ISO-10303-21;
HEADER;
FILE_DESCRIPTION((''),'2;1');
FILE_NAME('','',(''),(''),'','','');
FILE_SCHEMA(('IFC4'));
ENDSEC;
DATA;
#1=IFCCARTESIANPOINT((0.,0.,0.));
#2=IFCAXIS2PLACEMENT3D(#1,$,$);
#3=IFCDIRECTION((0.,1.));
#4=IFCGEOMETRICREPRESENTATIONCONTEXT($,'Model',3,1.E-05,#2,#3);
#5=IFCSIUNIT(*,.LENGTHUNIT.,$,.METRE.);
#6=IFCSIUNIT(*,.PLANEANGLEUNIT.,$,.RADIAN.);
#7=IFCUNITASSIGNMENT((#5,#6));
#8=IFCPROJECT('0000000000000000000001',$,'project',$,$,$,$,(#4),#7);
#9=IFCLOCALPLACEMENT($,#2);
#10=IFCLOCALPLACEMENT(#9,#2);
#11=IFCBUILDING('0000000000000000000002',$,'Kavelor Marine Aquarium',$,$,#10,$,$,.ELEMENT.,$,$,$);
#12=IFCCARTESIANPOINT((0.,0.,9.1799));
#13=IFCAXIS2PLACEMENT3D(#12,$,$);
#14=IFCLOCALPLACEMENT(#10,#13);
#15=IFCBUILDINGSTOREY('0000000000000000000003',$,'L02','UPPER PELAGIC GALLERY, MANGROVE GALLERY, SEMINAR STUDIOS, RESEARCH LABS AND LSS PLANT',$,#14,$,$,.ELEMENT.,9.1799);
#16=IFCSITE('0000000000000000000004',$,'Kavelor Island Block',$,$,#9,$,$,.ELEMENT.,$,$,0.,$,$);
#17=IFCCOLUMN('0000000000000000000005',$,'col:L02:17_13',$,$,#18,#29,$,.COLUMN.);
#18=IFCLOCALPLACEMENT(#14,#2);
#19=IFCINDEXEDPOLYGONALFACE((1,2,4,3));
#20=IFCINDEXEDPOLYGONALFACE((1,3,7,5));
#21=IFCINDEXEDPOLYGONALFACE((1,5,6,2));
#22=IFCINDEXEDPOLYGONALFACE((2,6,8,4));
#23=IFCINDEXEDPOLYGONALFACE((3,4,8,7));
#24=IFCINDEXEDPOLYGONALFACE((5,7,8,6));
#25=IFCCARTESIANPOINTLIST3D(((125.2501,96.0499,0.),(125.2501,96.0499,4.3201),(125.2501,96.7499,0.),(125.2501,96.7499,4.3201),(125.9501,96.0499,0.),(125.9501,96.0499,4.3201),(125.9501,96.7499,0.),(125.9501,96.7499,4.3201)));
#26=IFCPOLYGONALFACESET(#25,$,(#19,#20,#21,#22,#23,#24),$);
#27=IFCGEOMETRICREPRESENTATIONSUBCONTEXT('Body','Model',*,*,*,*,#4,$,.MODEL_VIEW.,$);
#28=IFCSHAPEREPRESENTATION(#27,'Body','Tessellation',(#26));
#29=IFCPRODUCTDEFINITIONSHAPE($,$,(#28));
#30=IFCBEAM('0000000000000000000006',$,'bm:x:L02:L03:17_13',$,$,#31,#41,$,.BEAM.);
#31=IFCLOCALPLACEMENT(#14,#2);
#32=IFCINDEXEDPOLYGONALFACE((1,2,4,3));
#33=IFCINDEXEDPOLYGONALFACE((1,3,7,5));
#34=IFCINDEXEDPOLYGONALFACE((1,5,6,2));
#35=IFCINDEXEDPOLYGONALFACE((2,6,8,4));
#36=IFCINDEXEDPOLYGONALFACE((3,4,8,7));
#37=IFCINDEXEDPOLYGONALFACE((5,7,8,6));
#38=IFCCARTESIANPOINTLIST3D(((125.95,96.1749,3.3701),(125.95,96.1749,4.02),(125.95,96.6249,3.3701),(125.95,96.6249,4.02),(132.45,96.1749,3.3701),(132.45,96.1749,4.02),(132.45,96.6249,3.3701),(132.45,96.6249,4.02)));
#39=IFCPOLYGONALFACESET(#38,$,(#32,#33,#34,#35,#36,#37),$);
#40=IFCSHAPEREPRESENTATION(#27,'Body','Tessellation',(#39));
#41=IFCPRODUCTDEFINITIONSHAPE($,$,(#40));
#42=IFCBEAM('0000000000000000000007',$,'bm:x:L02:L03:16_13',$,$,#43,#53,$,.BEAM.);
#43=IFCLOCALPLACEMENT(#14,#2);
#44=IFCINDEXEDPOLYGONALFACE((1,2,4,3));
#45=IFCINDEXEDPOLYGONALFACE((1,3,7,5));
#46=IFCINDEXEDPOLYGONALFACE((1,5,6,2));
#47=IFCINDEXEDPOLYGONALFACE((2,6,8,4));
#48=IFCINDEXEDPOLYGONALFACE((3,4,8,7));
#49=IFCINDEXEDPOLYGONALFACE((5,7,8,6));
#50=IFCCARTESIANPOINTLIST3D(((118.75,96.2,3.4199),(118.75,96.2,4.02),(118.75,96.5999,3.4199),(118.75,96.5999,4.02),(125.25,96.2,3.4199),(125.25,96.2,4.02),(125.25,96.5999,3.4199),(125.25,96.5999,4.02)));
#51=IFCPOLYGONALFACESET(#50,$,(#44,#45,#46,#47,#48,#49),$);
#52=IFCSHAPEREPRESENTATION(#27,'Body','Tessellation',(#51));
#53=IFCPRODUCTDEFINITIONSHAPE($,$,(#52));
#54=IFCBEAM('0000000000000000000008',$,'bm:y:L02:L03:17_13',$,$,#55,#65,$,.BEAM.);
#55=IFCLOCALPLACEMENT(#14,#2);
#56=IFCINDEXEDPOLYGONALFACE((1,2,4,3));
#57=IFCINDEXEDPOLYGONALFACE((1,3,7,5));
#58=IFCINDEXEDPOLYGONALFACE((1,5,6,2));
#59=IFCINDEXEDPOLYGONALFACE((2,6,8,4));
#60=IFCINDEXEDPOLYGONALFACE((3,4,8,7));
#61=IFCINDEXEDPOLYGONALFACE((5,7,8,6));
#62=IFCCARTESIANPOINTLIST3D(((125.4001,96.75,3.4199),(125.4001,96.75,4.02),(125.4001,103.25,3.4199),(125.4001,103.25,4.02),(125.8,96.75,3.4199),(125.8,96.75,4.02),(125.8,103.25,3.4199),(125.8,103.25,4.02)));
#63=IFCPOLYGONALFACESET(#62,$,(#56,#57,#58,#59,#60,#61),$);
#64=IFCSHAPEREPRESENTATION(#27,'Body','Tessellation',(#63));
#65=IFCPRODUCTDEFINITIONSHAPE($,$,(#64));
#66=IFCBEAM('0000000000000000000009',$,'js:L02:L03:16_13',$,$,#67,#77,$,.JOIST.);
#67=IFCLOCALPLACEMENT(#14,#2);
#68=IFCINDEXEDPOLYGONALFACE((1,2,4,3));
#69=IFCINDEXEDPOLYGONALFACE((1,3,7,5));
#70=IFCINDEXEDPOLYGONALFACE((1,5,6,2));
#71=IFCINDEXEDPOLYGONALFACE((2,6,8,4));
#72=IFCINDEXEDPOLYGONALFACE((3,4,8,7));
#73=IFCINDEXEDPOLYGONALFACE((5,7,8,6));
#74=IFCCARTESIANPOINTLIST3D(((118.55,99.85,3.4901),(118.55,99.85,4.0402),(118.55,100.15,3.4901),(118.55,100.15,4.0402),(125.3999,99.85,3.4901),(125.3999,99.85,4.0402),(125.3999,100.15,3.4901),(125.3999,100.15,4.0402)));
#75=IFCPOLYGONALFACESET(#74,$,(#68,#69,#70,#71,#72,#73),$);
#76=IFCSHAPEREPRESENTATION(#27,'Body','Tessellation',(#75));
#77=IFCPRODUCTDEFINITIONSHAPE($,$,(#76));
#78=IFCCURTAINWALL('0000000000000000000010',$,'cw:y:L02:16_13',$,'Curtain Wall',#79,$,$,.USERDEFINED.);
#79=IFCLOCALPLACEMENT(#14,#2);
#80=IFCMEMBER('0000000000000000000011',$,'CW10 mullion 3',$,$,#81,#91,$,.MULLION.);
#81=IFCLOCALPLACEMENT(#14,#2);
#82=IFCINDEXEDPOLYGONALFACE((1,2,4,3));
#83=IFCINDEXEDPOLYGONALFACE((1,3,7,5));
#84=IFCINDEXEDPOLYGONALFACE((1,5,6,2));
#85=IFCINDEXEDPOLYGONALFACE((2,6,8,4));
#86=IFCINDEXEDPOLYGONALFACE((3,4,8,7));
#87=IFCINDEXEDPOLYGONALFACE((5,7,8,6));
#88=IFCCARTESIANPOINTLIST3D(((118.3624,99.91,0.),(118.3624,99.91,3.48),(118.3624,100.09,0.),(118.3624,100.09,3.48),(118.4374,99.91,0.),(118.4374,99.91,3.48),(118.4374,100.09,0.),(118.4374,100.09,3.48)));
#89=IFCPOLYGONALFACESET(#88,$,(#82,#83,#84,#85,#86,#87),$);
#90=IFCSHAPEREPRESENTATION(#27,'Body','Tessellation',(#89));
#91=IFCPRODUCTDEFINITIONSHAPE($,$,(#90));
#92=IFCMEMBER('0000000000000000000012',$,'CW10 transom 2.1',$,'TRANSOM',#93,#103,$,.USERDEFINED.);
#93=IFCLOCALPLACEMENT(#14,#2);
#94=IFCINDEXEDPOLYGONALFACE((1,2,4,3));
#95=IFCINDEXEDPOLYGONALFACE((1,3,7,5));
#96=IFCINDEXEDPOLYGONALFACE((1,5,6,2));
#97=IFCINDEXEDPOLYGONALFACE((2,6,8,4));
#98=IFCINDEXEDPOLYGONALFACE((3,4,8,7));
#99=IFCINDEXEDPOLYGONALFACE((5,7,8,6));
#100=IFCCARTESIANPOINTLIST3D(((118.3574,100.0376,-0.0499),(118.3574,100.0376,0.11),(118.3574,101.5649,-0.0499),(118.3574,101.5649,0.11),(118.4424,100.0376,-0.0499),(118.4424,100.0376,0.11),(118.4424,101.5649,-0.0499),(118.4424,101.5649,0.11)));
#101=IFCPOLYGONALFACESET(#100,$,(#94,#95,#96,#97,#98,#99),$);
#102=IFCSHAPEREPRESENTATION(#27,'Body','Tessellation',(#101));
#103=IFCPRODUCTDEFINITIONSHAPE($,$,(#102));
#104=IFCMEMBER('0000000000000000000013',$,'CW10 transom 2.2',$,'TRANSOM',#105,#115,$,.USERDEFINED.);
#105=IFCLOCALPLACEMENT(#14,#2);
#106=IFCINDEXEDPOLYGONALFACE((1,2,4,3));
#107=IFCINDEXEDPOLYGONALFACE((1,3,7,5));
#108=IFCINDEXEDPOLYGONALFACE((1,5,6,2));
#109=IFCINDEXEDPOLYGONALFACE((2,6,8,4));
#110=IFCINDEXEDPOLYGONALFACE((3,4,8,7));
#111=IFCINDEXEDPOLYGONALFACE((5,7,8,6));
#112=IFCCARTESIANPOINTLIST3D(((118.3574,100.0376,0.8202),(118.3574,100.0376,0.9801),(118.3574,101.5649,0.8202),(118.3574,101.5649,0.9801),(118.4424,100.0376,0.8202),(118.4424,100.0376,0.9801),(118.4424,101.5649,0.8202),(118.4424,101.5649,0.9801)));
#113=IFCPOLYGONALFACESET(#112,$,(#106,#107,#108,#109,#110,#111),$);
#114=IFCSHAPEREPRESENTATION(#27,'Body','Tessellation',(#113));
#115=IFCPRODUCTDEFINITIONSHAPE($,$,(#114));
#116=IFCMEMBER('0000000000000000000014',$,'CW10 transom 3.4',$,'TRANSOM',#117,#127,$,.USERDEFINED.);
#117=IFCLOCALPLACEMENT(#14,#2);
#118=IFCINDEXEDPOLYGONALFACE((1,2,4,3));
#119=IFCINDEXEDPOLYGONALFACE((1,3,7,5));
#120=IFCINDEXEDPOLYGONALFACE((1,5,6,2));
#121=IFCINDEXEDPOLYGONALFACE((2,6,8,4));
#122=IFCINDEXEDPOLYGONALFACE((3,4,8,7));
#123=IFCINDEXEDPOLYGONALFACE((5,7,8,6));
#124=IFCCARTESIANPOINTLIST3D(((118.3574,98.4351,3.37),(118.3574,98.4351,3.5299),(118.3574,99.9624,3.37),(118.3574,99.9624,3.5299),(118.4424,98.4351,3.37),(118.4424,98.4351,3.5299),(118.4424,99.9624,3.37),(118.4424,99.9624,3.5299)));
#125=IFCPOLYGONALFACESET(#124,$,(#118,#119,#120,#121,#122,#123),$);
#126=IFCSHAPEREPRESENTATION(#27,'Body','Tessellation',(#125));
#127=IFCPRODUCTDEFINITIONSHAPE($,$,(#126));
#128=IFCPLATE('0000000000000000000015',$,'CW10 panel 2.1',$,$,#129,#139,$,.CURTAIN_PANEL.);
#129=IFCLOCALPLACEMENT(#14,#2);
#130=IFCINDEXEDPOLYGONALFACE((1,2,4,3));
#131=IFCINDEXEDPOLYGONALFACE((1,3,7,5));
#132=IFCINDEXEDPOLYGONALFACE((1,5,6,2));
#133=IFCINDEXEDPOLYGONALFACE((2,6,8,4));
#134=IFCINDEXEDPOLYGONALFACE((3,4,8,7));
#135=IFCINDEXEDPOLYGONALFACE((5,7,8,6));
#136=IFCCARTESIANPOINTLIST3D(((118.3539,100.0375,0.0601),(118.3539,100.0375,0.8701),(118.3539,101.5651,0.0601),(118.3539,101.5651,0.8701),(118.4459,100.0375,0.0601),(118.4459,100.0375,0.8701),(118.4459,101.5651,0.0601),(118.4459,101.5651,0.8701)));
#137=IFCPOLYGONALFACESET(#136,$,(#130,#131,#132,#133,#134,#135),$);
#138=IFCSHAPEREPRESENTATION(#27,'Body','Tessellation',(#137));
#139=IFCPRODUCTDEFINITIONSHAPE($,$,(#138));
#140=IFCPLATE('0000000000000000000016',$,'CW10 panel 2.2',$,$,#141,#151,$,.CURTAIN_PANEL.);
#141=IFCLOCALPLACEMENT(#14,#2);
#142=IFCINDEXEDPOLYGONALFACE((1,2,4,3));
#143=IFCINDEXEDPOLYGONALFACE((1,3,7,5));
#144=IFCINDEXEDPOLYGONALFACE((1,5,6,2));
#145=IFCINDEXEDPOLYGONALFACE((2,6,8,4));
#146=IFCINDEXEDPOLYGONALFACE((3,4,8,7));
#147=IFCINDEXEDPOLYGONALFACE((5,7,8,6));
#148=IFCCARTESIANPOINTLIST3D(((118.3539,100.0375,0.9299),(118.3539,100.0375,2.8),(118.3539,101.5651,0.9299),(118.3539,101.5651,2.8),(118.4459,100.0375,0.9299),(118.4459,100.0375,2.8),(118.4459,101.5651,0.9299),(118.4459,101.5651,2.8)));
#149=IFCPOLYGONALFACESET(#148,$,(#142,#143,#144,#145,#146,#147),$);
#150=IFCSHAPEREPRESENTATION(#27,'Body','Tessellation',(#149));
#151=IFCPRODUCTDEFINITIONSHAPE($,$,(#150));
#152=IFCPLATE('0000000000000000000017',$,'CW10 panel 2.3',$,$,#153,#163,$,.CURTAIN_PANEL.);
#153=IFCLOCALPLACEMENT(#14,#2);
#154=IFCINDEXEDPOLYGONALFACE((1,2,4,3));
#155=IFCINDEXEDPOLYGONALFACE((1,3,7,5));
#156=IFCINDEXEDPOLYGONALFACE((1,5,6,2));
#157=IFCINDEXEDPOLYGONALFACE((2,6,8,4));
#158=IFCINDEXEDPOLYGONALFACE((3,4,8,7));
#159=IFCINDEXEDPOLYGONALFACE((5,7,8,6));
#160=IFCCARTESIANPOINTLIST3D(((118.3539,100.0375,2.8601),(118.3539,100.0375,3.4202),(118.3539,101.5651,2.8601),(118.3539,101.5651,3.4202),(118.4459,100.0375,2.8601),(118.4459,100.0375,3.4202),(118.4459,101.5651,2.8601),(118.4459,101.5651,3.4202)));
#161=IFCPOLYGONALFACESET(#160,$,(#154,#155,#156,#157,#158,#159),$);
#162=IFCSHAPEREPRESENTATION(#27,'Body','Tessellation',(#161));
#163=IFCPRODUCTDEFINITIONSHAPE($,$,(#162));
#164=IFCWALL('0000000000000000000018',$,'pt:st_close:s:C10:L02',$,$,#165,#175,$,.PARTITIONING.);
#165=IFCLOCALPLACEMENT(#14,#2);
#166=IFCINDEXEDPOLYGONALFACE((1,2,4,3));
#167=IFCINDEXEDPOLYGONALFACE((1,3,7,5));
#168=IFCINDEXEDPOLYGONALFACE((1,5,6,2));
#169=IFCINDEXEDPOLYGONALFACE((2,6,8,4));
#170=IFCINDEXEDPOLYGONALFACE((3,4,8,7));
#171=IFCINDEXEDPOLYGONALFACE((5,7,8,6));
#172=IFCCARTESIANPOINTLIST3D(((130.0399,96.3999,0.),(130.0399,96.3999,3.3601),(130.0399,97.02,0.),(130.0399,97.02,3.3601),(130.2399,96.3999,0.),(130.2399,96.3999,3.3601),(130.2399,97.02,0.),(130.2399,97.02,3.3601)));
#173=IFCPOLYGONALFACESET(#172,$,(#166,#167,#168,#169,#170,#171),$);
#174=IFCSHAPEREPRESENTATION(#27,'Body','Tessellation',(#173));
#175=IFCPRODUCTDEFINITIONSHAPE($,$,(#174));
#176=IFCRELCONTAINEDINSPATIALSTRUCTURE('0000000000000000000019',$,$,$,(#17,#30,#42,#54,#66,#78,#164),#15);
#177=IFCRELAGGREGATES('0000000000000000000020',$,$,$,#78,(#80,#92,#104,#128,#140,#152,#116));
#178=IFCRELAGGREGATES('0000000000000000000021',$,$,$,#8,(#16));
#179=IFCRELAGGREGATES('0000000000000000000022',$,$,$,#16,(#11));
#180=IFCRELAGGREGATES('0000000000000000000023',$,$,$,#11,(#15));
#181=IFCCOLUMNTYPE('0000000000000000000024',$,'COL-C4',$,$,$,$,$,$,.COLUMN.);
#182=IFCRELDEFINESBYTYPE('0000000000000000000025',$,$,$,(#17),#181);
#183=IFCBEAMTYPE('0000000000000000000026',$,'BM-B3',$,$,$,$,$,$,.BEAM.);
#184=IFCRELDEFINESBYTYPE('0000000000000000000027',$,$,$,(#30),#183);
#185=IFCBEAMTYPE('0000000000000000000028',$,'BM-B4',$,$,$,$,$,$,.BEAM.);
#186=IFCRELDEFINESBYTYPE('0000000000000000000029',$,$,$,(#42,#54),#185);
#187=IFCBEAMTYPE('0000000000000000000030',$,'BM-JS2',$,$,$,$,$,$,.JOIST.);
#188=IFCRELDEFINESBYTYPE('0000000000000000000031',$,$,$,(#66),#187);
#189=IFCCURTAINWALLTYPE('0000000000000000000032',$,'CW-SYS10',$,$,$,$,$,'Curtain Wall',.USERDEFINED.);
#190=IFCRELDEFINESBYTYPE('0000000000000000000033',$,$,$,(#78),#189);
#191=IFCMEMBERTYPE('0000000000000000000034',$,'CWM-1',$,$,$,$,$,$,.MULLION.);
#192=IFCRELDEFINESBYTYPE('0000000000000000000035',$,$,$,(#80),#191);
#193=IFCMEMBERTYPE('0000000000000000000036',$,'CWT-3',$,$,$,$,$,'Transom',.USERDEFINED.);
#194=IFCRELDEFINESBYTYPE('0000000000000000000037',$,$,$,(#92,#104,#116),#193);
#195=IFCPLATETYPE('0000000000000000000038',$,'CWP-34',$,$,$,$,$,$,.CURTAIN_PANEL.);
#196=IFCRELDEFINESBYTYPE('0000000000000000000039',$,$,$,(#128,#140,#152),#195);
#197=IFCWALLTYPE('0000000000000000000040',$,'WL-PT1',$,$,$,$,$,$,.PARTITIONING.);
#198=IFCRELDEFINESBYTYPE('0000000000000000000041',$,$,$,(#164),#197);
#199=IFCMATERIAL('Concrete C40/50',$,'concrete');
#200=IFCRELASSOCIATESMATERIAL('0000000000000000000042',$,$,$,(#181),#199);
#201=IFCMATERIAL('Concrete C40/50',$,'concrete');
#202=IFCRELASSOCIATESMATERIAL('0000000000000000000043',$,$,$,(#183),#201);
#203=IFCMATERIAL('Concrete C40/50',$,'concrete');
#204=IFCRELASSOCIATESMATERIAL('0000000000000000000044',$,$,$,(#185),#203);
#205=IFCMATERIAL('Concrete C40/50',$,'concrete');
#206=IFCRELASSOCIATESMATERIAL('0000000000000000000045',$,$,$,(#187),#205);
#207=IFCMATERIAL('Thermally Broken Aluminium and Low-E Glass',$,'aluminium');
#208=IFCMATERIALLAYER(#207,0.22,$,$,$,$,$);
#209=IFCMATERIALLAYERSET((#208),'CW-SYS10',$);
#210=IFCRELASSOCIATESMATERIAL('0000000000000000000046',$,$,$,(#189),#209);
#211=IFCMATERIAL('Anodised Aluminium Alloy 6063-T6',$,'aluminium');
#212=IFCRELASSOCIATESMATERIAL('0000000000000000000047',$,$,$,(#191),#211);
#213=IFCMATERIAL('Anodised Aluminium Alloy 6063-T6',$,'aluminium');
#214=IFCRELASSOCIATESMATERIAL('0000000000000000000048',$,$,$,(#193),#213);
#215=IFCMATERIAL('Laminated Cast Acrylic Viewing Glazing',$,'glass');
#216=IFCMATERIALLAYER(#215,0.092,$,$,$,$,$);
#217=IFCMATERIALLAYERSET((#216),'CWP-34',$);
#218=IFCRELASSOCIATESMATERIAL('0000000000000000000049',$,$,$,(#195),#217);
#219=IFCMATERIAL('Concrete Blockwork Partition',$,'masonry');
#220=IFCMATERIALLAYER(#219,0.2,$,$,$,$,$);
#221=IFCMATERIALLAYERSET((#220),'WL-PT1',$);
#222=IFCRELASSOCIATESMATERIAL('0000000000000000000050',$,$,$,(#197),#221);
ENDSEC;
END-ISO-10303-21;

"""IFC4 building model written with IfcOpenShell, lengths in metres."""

from ifc_helpers import new_model, si_unit, direction, frame, frame_2d, origin, origin_2d, place, context, subcontext, project, spatial, rectangle, extrude, material, layer, layer_set, material_profile, profile_set, type_object, element, aggregate, save


model = new_model("IFC4")

# Units and contexts
model_context = context("Model", 3, precision=1e-05, world=origin(), true_north=direction((0.0, 1.0)))
body_context = subcontext(model_context, "Body", "Model", "MODEL_VIEW")
ifc_project = project(units=[si_unit("LENGTHUNIT", "METRE"), si_unit("PLANEANGLEUNIT", "RADIAN")], contexts=[model_context])

# Site, building, storey
site_placement = place(None, origin())
site = spatial("IfcSite", under=ifc_project, at=site_placement, Name="Kavelor Island Block", CompositionType="ELEMENT", RefElevation=0.0)
building_placement = place(site_placement, origin())
building = spatial("IfcBuilding", under=site, at=building_placement, Name="Kavelor Marine Aquarium", CompositionType="ELEMENT")
storey_placement = place(building_placement, frame((0.0, 0.0, 9.1799)))
storey = spatial("IfcBuildingStorey", under=building, at=storey_placement, Name="L02", Description="UPPER PELAGIC GALLERY, MANGROVE GALLERY, SEMINAR STUDIOS, RESEARCH LABS AND LSS PLANT", CompositionType="ELEMENT", Elevation=9.1799)

# Column
ifc_material_1 = material(Name="Concrete C40/50", Category="concrete")
ifc_material_profile_1 = material_profile(ifc_material_1, rectangle(XDim=0.7, YDim=0.7, at=origin_2d()), Name="RC-COL 700x700")
ifc_profile_set_1 = profile_set([ifc_material_profile_1], Name="Concrete C40/50")
column_type = type_object("IfcColumnType", Name="COL-C4", PredefinedType="COLUMN", material=ifc_profile_set_1)
column_placement = place(storey_placement, frame((125.6001, 96.3999, 0.0), z_axis=(0.0, 0.0, 1.0), x_axis=(1.0, 0.0, 0.0)))
element("IfcColumn", 1, at=column_placement, inside=storey, type_object=column_type, Name="col:L02:17_13", PredefinedType="COLUMN", context=body_context, shape_type="SweptSolid", body=[
    extrude(rectangle(XDim=0.7, YDim=0.7, at=origin_2d()), origin(), (0.0, 0.0, 1.0), 4.3201),
])

# Beams
ifc_material_2 = material(Name="Concrete C40/50", Category="concrete")
ifc_material_profile_2 = material_profile(ifc_material_2, rectangle(XDim=0.45, YDim=0.6499, at=origin_2d()), Name="RC-BM 450x650")
ifc_profile_set_2 = profile_set([ifc_material_profile_2], Name="Concrete C40/50")
beam_type_1 = type_object("IfcBeamType", Name="BM-B3", PredefinedType="BEAM", material=ifc_profile_set_2)
beam_1_placement = place(storey_placement, frame((125.95, 96.3999, 3.6951), z_axis=(1.0, 0.0, 0.0), x_axis=(0.0, 1.0, 0.0)))
element("IfcBeam", 2, at=beam_1_placement, inside=storey, type_object=beam_type_1, Name="bm:x:L02:L03:17_13", PredefinedType="BEAM", context=body_context, shape_type="SweptSolid", body=[
    extrude(rectangle(XDim=0.45, YDim=0.6499, at=origin_2d()), origin(), (0.0, 0.0, 1.0), 6.5),
])
ifc_material_3 = material(Name="Concrete C40/50", Category="concrete")
ifc_material_profile_3 = material_profile(ifc_material_3, rectangle(XDim=0.3999, YDim=0.6001, at=origin_2d()), Name="RC-BM 400x600")
ifc_profile_set_3 = profile_set([ifc_material_profile_3], Name="Concrete C40/50")
beam_type_2 = type_object("IfcBeamType", Name="BM-B4", PredefinedType="BEAM", material=ifc_profile_set_3)
for number, where, z_axis, x_axis, name in (
    (3, (118.75, 96.3999, 3.72), (1.0, 0.0, 0.0), (0.0, 1.0, 0.0), "bm:x:L02:L03:16_13"),
    (4, (125.6001, 96.75, 3.72), (0.0, 1.0, 0.0), (-1.0, 0.0, 0.0), "bm:y:L02:L03:17_13"),
):
    element("IfcBeam", number, at=place(storey_placement, frame(where, z_axis=z_axis, x_axis=x_axis)), inside=storey, type_object=beam_type_2, Name=name, PredefinedType="BEAM", context=body_context, shape_type="SweptSolid", body=[
        extrude(rectangle(XDim=0.3999, YDim=0.6001, at=origin_2d()), origin(), (0.0, 0.0, 1.0), 6.5),
    ])
ifc_material_4 = material(Name="Concrete C40/50", Category="concrete")
ifc_material_profile_4 = material_profile(ifc_material_4, rectangle(XDim=0.3, YDim=0.55, at=origin_2d()), Name="RC-JS 300x550")
ifc_profile_set_4 = profile_set([ifc_material_profile_4], Name="Concrete C40/50")
beam_type_3 = type_object("IfcBeamType", Name="BM-JS2", PredefinedType="JOIST", material=ifc_profile_set_4)
beam_2_placement = place(storey_placement, frame((118.55, 100.0, 3.7651), z_axis=(1.0, 0.0, 0.0), x_axis=(0.0, 1.0, 0.0)))
element("IfcBeam", 5, at=beam_2_placement, inside=storey, type_object=beam_type_3, Name="js:L02:L03:16_13", PredefinedType="JOIST", context=body_context, shape_type="SweptSolid", body=[
    extrude(rectangle(XDim=0.3, YDim=0.55, at=origin_2d()), origin(), (0.0, 0.0, 1.0), 6.8499),
])

# Curtain wall, members, plates
ifc_material_5 = material(Name="Thermally Broken Aluminium and Low-E Glass", Category="aluminium")
ifc_layer_1 = layer(ifc_material_5, 0.22)
ifc_layer_set_1 = layer_set([ifc_layer_1], Name="CW-SYS10")
curtain_wall_type = type_object("IfcCurtainWallType", Name="CW-SYS10", ElementType="Curtain Wall", PredefinedType="USERDEFINED", material=ifc_layer_set_1)
curtain_wall_placement = place(storey_placement, origin())
curtain_wall = element("IfcCurtainWall", 6, at=curtain_wall_placement, inside=storey, type_object=curtain_wall_type, Name="cw:y:L02:16_13", ObjectType="Curtain Wall", PredefinedType="USERDEFINED")
ifc_material_6 = material(Name="Anodised Aluminium Alloy 6063-T6", Category="aluminium")
ifc_material_profile_5 = material_profile(ifc_material_6, rectangle(XDim=0.075, YDim=0.1799, at=origin_2d()), Name="CW-MUL 75x180")
ifc_profile_set_5 = profile_set([ifc_material_profile_5], Name="Anodised Aluminium Alloy 6063-T6")
member_type_1 = type_object("IfcMemberType", Name="CWM-1", PredefinedType="MULLION", material=ifc_profile_set_5)
member_1_placement = place(storey_placement, frame((118.3999, 100.0, 0.0), z_axis=(0.0, 0.0, 1.0), x_axis=(1.0, 0.0, 0.0)))
member_1 = element("IfcMember", 7, at=member_1_placement, type_object=member_type_1, Name="CW10 mullion 3", PredefinedType="MULLION", context=body_context, shape_type="SweptSolid", body=[
    extrude(rectangle(XDim=0.075, YDim=0.1799, at=origin_2d()), origin(), (0.0, 0.0, 1.0), 3.48),
])
ifc_material_7 = material(Name="Anodised Aluminium Alloy 6063-T6", Category="aluminium")
ifc_material_profile_6 = material_profile(ifc_material_7, rectangle(XDim=0.085, YDim=0.1599, at=origin_2d()), Name="CW-TRN 85x160")
ifc_profile_set_6 = profile_set([ifc_material_profile_6], Name="Anodised Aluminium Alloy 6063-T6")
member_type_2 = type_object("IfcMemberType", Name="CWT-3", ElementType="Transom", PredefinedType="USERDEFINED", material=ifc_profile_set_6)
member_2_placement = place(storey_placement, frame((118.3999, 101.5649, 0.03), z_axis=(0.0, -1.0, 0.0), x_axis=(1.0, 0.0, 0.0)))
member_2 = element("IfcMember", 8, at=member_2_placement, type_object=member_type_2, Name="CW10 transom 2.1", ObjectType="TRANSOM", PredefinedType="USERDEFINED", context=body_context, shape_type="SweptSolid", body=[
    extrude(rectangle(XDim=0.085, YDim=0.1599, at=origin_2d()), origin(), (0.0, 0.0, 1.0), 1.5273),
])
member_3_placement = place(storey_placement, frame((118.3999, 101.5649, 0.9001), z_axis=(0.0, -1.0, 0.0), x_axis=(1.0, 0.0, 0.0)))
member_3 = element("IfcMember", 9, at=member_3_placement, type_object=member_type_2, Name="CW10 transom 2.2", ObjectType="TRANSOM", PredefinedType="USERDEFINED", context=body_context, shape_type="SweptSolid", body=[
    extrude(rectangle(XDim=0.085, YDim=0.1599, at=origin_2d()), origin(), (0.0, 0.0, 1.0), 1.5273),
])
member_4_placement = place(storey_placement, frame((118.3999, 99.9624, 3.45), z_axis=(0.0, -1.0, 0.0), x_axis=(1.0, 0.0, 0.0)))
member_4 = element("IfcMember", 10, at=member_4_placement, type_object=member_type_2, Name="CW10 transom 3.4", ObjectType="TRANSOM", PredefinedType="USERDEFINED", context=body_context, shape_type="SweptSolid", body=[
    extrude(rectangle(XDim=0.085, YDim=0.1599, at=origin_2d()), origin(), (0.0, 0.0, 1.0), 1.5273),
])
ifc_material_8 = material(Name="Laminated Cast Acrylic Viewing Glazing", Category="glass")
ifc_layer_2 = layer(ifc_material_8, 0.092)
ifc_layer_set_2 = layer_set([ifc_layer_2], Name="CWP-34")
plate_type = type_object("IfcPlateType", Name="CWP-34", PredefinedType="CURTAIN_PANEL", material=ifc_layer_set_2)
plate_1_placement = place(storey_placement, frame((118.3999, 100.8013, 0.0601), z_axis=(0.0, 0.0, 1.0), x_axis=(0.0, -1.0, 0.0)))
plate_1 = element("IfcPlate", 11, at=plate_1_placement, type_object=plate_type, Name="CW10 panel 2.1", PredefinedType="CURTAIN_PANEL", context=body_context, shape_type="SweptSolid", body=[
    extrude(rectangle(XDim=1.5276, YDim=0.092, at=origin_2d()), origin(), (0.0, 0.0, 1.0), 0.8101),
])
plate_2_placement = place(storey_placement, frame((118.3999, 100.8013, 0.9299), z_axis=(0.0, 0.0, 1.0), x_axis=(0.0, -1.0, 0.0)))
plate_2 = element("IfcPlate", 12, at=plate_2_placement, type_object=plate_type, Name="CW10 panel 2.2", PredefinedType="CURTAIN_PANEL", context=body_context, shape_type="SweptSolid", body=[
    extrude(rectangle(XDim=1.5276, YDim=0.092, at=origin_2d()), origin(), (0.0, 0.0, 1.0), 1.8701),
])
plate_3_placement = place(storey_placement, frame((118.3999, 100.8013, 2.8601), z_axis=(0.0, 0.0, 1.0), x_axis=(0.0, -1.0, 0.0)))
plate_3 = element("IfcPlate", 13, at=plate_3_placement, type_object=plate_type, Name="CW10 panel 2.3", PredefinedType="CURTAIN_PANEL", context=body_context, shape_type="SweptSolid", body=[
    extrude(rectangle(XDim=1.5276, YDim=0.092, at=origin_2d()), origin(), (0.0, 0.0, 1.0), 0.5601),
])
aggregate(curtain_wall, [member_1, member_2, member_3, plate_1, plate_2, plate_3, member_4])

# Wall
ifc_material_9 = material(Name="Concrete Blockwork Partition", Category="masonry")
ifc_layer_3 = layer(ifc_material_9, 0.2)
ifc_layer_set_3 = layer_set([ifc_layer_3], Name="WL-PT1")
wall_type_1 = type_object("IfcWallType", Name="WL-PT1", PredefinedType="PARTITIONING", material=ifc_layer_set_3)
wall_1_placement = place(storey_placement, frame((130.1399, 96.3999, 0.0), z_axis=(0.0, 0.0, 1.0), x_axis=(0.0, 1.0, 0.0)))
element("IfcWall", 14, at=wall_1_placement, inside=storey, type_object=wall_type_1, Name="pt:st_close:s:C10:L02", PredefinedType="PARTITIONING", context=body_context, shape_type="SweptSolid", body=[
    extrude(rectangle(XDim=0.6201, YDim=0.2, at=frame_2d((0.3101, 0.0))), origin(), (0.0, 0.0, 1.0), 3.3601),
])

save(model, "model.ifc")
